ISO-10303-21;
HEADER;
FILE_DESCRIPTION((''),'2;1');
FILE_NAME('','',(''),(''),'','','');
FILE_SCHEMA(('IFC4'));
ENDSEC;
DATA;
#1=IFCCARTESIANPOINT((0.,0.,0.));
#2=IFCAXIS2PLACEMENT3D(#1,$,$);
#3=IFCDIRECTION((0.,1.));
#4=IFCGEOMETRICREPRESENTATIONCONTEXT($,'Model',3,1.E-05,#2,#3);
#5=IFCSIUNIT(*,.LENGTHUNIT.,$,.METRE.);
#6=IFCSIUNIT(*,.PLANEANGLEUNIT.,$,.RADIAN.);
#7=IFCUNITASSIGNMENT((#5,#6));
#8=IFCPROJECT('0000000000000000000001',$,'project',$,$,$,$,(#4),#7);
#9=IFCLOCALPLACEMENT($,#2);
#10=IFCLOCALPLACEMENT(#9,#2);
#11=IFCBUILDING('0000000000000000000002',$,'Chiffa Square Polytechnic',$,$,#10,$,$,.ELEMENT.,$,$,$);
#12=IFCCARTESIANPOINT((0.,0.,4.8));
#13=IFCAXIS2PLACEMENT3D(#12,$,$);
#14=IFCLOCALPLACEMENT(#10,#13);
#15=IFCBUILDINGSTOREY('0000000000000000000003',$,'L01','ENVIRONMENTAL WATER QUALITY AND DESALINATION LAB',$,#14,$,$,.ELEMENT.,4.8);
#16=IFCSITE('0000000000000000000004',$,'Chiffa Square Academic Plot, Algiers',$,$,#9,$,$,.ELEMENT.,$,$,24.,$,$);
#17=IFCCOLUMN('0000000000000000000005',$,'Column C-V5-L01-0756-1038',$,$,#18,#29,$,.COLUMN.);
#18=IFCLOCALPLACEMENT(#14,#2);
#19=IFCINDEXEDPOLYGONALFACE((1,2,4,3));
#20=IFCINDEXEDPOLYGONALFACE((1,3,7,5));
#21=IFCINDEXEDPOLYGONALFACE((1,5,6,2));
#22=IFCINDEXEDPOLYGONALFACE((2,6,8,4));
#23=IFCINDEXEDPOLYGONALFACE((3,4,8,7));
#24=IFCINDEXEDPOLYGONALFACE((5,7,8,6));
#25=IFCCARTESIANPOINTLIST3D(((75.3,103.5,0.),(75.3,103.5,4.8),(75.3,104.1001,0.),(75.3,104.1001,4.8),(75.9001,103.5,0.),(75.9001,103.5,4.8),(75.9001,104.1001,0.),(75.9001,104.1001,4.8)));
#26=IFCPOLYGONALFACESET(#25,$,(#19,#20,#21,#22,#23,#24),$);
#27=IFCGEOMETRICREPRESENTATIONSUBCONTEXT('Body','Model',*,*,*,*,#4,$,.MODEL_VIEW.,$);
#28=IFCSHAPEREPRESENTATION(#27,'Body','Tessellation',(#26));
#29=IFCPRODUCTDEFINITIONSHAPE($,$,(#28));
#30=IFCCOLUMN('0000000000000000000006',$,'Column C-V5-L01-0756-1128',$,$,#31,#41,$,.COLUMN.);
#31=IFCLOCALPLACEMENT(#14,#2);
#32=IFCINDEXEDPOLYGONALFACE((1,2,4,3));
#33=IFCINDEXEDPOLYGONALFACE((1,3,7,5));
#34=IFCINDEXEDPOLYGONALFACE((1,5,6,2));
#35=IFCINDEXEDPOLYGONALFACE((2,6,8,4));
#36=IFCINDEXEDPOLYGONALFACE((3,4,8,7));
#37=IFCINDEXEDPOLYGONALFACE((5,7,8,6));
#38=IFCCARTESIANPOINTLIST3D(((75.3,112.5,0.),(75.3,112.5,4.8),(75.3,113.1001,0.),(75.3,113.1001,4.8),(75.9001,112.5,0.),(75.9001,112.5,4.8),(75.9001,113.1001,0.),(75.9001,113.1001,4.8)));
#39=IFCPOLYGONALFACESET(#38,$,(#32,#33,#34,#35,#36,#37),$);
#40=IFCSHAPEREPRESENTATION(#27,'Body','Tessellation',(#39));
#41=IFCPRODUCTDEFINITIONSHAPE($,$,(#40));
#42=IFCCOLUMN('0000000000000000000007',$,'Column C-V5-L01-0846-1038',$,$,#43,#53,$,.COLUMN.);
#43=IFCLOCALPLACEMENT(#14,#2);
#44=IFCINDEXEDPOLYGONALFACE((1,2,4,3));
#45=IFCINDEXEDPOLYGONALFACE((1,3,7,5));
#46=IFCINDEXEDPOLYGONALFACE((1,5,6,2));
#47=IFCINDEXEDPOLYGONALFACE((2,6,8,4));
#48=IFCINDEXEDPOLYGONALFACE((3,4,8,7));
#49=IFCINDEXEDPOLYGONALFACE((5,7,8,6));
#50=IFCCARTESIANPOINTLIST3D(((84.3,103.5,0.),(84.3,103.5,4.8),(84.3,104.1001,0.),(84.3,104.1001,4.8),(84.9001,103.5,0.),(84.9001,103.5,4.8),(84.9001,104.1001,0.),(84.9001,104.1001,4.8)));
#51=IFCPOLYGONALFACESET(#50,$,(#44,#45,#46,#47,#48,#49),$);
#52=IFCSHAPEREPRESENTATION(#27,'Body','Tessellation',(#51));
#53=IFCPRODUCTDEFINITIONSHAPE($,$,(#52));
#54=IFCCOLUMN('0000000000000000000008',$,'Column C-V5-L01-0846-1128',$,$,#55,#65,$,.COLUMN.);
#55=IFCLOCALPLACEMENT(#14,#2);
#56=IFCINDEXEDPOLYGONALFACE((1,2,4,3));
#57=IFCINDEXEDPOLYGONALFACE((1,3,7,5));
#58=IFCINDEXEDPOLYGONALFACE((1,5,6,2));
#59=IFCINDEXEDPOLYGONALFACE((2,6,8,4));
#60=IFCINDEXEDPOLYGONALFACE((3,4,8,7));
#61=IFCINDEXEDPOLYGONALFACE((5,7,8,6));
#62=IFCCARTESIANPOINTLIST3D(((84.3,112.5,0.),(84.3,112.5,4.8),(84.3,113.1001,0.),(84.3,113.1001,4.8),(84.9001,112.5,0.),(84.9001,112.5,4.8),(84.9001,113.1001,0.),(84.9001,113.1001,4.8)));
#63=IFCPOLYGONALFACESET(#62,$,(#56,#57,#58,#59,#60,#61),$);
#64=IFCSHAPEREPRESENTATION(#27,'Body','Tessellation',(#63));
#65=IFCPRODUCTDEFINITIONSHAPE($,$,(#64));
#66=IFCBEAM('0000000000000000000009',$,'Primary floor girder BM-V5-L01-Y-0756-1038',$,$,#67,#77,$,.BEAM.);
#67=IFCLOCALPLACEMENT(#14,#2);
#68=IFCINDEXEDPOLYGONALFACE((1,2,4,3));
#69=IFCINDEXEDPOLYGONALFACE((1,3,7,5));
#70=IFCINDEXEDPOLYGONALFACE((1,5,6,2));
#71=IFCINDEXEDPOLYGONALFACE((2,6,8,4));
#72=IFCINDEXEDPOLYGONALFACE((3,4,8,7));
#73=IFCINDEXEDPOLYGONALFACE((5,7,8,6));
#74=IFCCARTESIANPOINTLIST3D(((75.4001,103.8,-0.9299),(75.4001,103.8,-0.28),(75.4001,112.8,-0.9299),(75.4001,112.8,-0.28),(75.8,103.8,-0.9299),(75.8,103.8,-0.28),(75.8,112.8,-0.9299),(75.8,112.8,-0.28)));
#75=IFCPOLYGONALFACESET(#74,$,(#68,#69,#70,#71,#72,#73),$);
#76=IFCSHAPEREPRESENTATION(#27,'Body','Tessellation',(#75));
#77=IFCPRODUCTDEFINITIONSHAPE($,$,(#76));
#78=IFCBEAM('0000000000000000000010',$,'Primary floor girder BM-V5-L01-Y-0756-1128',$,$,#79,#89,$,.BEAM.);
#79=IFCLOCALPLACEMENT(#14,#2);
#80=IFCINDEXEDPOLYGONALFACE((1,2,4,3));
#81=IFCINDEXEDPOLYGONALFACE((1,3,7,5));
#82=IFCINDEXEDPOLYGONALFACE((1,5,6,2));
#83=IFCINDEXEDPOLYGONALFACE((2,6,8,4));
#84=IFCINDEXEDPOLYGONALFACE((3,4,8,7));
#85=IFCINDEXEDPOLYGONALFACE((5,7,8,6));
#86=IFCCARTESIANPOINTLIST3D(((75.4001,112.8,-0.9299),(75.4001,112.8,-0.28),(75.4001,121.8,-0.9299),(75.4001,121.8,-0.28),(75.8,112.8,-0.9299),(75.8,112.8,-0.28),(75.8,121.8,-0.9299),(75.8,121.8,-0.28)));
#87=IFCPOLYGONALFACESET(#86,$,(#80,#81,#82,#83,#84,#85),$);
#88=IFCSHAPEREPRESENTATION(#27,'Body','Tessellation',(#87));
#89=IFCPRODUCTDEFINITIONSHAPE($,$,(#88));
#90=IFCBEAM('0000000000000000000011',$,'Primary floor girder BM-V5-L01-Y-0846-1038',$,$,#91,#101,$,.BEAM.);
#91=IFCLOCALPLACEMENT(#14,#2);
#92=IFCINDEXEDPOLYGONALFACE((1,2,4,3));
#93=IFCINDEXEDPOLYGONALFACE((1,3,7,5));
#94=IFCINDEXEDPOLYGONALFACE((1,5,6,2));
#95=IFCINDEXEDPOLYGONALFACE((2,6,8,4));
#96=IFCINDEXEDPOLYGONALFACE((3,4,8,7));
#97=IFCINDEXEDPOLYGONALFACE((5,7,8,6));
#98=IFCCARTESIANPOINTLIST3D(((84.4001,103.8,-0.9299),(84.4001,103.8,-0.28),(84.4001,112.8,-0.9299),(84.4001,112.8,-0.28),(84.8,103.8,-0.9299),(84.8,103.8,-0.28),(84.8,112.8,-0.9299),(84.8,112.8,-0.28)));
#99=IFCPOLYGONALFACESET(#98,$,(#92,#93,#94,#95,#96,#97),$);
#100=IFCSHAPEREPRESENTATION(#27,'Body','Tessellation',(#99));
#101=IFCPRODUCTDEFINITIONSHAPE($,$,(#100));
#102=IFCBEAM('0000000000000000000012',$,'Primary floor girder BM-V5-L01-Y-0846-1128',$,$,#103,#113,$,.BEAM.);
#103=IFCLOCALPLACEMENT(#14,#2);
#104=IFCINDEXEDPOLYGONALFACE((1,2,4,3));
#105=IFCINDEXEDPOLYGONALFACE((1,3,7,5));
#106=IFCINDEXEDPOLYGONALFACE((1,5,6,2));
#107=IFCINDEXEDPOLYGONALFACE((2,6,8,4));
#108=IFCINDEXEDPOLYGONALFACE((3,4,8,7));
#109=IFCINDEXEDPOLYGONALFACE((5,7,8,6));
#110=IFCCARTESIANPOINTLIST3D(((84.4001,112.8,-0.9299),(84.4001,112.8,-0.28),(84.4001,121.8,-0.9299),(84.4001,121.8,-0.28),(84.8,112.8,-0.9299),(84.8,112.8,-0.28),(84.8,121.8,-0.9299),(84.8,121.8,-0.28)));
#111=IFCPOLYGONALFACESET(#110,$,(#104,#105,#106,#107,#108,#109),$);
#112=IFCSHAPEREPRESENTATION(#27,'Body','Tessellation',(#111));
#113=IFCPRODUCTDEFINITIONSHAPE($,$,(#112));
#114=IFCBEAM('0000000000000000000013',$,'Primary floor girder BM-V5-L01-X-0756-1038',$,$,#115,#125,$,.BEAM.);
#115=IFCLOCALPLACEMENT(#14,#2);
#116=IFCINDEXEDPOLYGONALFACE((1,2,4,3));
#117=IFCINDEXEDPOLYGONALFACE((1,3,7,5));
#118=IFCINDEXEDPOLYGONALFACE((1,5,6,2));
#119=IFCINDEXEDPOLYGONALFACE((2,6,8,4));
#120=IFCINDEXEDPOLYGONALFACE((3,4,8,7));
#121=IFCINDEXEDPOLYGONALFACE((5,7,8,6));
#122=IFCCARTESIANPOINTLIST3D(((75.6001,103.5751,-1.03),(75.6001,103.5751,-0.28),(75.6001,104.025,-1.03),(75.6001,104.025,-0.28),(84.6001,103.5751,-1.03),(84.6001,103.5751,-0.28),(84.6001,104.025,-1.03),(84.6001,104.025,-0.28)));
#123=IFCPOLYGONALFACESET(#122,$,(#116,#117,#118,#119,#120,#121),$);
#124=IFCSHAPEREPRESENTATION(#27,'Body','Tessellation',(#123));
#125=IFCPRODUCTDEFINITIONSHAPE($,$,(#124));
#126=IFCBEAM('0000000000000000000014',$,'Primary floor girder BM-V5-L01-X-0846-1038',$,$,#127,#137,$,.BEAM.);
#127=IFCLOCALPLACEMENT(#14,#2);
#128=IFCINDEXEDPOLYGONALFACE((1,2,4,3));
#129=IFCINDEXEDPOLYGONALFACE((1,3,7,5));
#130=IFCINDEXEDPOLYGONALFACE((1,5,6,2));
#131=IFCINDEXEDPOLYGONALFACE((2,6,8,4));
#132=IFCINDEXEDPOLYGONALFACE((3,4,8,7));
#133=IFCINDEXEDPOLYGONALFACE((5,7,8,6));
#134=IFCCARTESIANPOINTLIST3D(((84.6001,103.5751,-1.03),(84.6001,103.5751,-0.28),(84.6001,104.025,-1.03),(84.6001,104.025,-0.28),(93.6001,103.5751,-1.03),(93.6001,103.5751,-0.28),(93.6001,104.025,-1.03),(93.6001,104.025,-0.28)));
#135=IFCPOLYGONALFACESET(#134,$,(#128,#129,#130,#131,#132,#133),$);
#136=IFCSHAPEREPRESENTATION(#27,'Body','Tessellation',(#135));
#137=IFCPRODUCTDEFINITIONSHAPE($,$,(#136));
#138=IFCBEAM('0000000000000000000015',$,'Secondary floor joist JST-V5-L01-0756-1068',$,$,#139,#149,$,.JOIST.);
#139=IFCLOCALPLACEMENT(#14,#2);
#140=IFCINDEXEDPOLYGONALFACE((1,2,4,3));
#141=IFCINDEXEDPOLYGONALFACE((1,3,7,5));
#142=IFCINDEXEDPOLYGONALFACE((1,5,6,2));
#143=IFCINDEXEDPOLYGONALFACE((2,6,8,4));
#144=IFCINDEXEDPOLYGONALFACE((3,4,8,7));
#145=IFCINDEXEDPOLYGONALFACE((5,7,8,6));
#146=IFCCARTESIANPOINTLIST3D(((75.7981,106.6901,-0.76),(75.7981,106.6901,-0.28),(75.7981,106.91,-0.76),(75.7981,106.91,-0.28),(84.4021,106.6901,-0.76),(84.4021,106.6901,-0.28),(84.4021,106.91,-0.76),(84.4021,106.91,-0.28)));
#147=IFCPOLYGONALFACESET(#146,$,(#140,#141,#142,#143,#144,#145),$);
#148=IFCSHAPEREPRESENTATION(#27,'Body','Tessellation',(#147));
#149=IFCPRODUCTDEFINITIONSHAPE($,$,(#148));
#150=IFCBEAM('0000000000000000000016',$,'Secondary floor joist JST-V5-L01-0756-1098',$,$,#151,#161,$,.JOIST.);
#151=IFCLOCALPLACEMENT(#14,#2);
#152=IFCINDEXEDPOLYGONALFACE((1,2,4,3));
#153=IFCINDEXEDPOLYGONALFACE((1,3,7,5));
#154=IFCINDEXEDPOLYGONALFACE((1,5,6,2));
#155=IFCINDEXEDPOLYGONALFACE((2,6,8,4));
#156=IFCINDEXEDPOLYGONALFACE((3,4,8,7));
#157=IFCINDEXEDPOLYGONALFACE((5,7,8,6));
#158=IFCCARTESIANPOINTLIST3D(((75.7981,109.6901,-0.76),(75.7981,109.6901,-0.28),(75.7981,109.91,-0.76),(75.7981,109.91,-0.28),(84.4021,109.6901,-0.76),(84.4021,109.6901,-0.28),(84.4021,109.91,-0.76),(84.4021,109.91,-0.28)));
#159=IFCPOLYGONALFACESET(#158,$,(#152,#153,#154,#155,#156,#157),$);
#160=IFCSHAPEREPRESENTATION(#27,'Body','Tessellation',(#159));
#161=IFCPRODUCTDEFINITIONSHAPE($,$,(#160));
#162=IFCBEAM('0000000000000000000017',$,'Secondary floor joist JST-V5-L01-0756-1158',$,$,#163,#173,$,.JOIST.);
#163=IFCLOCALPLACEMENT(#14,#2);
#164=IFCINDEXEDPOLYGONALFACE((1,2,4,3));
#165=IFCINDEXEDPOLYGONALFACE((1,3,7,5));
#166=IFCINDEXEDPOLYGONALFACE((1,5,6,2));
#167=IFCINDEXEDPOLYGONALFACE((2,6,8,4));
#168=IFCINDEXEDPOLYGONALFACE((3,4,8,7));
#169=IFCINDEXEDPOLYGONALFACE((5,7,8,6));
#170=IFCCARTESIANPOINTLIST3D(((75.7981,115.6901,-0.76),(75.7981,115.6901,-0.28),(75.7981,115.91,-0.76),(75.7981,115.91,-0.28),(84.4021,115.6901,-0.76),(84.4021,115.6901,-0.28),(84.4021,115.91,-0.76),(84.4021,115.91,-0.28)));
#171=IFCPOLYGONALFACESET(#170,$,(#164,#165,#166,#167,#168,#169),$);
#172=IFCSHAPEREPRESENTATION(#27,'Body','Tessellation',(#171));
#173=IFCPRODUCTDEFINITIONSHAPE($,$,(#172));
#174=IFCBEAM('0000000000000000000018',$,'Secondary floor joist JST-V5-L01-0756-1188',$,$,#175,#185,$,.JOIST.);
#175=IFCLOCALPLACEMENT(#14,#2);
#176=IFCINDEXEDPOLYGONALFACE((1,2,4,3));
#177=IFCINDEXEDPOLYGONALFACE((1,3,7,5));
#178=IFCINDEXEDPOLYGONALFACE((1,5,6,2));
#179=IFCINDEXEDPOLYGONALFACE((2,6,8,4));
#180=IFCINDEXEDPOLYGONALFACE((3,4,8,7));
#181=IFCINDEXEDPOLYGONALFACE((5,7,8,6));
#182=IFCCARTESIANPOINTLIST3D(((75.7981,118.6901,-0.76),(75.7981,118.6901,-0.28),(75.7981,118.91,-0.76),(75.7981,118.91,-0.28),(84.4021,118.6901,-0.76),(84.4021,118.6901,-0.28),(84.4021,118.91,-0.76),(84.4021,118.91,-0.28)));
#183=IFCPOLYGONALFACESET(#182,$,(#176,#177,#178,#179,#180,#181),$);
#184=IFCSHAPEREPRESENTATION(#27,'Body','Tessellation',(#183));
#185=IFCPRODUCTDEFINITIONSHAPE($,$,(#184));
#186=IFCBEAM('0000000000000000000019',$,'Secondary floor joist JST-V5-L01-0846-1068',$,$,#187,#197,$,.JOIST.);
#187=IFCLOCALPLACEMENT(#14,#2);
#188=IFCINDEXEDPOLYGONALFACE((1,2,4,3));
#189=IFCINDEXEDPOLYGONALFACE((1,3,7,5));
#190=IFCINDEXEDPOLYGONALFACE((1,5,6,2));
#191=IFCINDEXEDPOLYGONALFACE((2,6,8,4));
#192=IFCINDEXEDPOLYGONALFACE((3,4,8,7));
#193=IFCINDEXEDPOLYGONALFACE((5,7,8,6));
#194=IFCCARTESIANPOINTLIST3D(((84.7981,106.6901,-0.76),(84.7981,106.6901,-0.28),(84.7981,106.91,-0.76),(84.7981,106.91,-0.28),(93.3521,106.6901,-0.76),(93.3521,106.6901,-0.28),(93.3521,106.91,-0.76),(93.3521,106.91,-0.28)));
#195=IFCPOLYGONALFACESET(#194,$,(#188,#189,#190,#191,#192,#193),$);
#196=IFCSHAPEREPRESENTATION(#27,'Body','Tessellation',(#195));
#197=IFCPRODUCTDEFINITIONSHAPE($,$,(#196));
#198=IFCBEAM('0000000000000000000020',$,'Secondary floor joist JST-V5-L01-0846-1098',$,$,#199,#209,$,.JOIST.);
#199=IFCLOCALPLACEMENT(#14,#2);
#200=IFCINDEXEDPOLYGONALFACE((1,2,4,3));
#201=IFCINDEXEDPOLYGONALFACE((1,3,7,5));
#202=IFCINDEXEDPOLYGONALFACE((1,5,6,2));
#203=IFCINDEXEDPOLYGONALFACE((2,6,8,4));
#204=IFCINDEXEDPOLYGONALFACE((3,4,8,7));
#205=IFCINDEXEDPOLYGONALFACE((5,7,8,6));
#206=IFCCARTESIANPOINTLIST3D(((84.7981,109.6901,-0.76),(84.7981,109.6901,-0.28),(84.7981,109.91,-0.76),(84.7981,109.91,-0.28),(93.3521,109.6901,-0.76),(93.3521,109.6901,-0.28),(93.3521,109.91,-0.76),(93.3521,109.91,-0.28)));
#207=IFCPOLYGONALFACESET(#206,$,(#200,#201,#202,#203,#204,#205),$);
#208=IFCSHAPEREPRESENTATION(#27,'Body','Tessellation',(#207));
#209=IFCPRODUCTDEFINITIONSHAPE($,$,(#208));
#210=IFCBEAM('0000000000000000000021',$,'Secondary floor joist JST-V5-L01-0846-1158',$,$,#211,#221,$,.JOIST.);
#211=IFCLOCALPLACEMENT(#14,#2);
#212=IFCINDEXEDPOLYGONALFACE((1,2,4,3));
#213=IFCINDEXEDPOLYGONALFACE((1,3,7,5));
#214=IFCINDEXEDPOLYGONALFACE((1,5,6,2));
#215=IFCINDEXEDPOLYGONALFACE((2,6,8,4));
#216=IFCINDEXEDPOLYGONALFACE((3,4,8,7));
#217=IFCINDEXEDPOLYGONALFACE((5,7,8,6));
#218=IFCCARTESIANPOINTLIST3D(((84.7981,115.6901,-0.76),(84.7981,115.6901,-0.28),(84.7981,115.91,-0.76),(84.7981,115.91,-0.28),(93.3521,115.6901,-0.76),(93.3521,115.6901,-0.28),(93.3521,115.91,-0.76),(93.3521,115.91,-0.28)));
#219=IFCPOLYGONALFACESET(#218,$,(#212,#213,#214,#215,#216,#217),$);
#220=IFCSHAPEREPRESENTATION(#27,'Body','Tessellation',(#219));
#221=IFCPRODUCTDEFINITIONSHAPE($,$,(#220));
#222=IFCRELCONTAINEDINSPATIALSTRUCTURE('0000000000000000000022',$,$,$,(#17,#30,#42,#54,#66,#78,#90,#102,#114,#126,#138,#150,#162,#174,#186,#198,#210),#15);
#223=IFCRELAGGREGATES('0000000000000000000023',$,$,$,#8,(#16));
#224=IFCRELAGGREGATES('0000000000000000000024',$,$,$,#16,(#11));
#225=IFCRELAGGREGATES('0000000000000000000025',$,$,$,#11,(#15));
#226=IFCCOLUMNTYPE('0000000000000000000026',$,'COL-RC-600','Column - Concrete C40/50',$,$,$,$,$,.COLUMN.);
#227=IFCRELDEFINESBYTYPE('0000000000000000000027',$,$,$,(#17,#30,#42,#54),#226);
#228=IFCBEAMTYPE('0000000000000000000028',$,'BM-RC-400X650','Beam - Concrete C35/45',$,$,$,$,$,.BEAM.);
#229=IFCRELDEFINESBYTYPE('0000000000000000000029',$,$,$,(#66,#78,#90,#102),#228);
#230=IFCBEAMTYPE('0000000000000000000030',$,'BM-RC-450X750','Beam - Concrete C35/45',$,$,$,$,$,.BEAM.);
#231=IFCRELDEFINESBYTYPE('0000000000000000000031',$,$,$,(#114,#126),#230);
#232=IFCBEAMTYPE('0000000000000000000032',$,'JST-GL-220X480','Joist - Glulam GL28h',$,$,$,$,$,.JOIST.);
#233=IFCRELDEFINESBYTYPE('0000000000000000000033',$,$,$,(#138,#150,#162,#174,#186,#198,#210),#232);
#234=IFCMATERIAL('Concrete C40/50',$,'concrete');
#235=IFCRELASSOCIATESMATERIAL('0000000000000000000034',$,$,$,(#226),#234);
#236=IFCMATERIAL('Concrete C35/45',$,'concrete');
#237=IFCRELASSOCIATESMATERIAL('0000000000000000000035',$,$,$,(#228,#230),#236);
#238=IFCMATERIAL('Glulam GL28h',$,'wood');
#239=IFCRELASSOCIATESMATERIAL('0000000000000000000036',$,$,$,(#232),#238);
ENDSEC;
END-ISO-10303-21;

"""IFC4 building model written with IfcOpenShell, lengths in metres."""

from ifc_helpers import new_model, si_unit, direction, frame, origin, origin_2d, place, context, subcontext, project, spatial, rectangle, extrude, material, material_profile, profile_set, type_object, element, save


model = new_model("IFC4")

# Units and contexts
model_context = context("Model", 3, precision=1e-05, world=origin(), true_north=direction((0.0, 1.0)))
body_context = subcontext(model_context, "Body", "Model", "MODEL_VIEW")
ifc_project = project(units=[si_unit("LENGTHUNIT", "METRE"), si_unit("PLANEANGLEUNIT", "RADIAN")], contexts=[model_context])

# Site, building, storey
site_placement = place(None, origin())
site = spatial("IfcSite", under=ifc_project, at=site_placement, Name="Chiffa Square Academic Plot, Algiers", CompositionType="ELEMENT", RefElevation=24.0)
building_placement = place(site_placement, origin())
building = spatial("IfcBuilding", under=site, at=building_placement, Name="Chiffa Square Polytechnic", CompositionType="ELEMENT")
storey_placement = place(building_placement, frame((0.0, 0.0, 4.8)))
storey = spatial("IfcBuildingStorey", under=building, at=storey_placement, Name="L01", Description="ENVIRONMENTAL WATER QUALITY AND DESALINATION LAB", CompositionType="ELEMENT", Elevation=4.8)

# Columns
ifc_material_1 = material(Name="Concrete C40/50", Category="concrete")
ifc_material_profile_1 = material_profile(ifc_material_1, rectangle(XDim=0.6001, YDim=0.6001, at=origin_2d()), Name="RC 600x600")
ifc_profile_set_1 = profile_set([ifc_material_profile_1], Name="Concrete C40/50")
column_type = type_object("IfcColumnType", Name="COL-RC-600", Description="Column - Concrete C40/50", PredefinedType="COLUMN", material=ifc_profile_set_1)
for number, where, z_axis, x_axis, name in (
    (1, (75.6001, 103.8, 0.0), (0.0, 0.0, 1.0), (1.0, 0.0, 0.0), "Column C-V5-L01-0756-1038"),
    (2, (75.6001, 112.8, 0.0), (0.0, 0.0, 1.0), (1.0, 0.0, 0.0), "Column C-V5-L01-0756-1128"),
    (3, (84.6001, 103.8, 0.0), (0.0, 0.0, 1.0), (1.0, 0.0, 0.0), "Column C-V5-L01-0846-1038"),
    (4, (84.6001, 112.8, 0.0), (0.0, 0.0, 1.0), (1.0, 0.0, 0.0), "Column C-V5-L01-0846-1128"),
):
    element("IfcColumn", number, at=place(storey_placement, frame(where, z_axis=z_axis, x_axis=x_axis)), inside=storey, type_object=column_type, Name=name, PredefinedType="COLUMN", context=body_context, shape_type="SweptSolid", body=[
        extrude(rectangle(XDim=0.6001, YDim=0.6001, at=origin_2d()), origin(), (0.0, 0.0, 1.0), 4.8),
    ])

# Beams
ifc_material_2 = material(Name="Concrete C35/45", Category="concrete")
ifc_material_profile_2 = material_profile(ifc_material_2, rectangle(XDim=0.3999, YDim=0.6499, at=origin_2d()), Name="RC 400x650")
ifc_profile_set_2 = profile_set([ifc_material_profile_2], Name="Concrete C35/45")
beam_type_1 = type_object("IfcBeamType", Name="BM-RC-400X650", Description="Beam - Concrete C35/45", PredefinedType="BEAM", material=ifc_profile_set_2)
for number, where, z_axis, x_axis, name in (
    (5, (75.6001, 103.8, -0.605), (0.0, 1.0, 0.0), (-1.0, 0.0, 0.0), "Primary floor girder BM-V5-L01-Y-0756-1038"),
    (6, (75.6001, 112.8, -0.605), (0.0, 1.0, 0.0), (-1.0, 0.0, 0.0), "Primary floor girder BM-V5-L01-Y-0756-1128"),
    (7, (84.6001, 103.8, -0.605), (0.0, 1.0, 0.0), (-1.0, 0.0, 0.0), "Primary floor girder BM-V5-L01-Y-0846-1038"),
    (8, (84.6001, 112.8, -0.605), (0.0, 1.0, 0.0), (-1.0, 0.0, 0.0), "Primary floor girder BM-V5-L01-Y-0846-1128"),
):
    element("IfcBeam", number, at=place(storey_placement, frame(where, z_axis=z_axis, x_axis=x_axis)), inside=storey, type_object=beam_type_1, Name=name, PredefinedType="BEAM", context=body_context, shape_type="SweptSolid", body=[
        extrude(rectangle(XDim=0.3999, YDim=0.6499, at=origin_2d()), origin(), (0.0, 0.0, 1.0), 9.0),
    ])
ifc_material_profile_3 = material_profile(ifc_material_2, rectangle(XDim=0.45, YDim=0.75, at=origin_2d()), Name="RC 450x750")
ifc_profile_set_3 = profile_set([ifc_material_profile_3], Name="Concrete C35/45")
beam_type_2 = type_object("IfcBeamType", Name="BM-RC-450X750", Description="Beam - Concrete C35/45", PredefinedType="BEAM", material=ifc_profile_set_3)
for number, where, z_axis, x_axis, name in (
    (9, (75.6001, 103.8, -0.655), (1.0, 0.0, 0.0), (0.0, 1.0, 0.0), "Primary floor girder BM-V5-L01-X-0756-1038"),
    (10, (84.6001, 103.8, -0.655), (1.0, 0.0, 0.0), (0.0, 1.0, 0.0), "Primary floor girder BM-V5-L01-X-0846-1038"),
):
    element("IfcBeam", number, at=place(storey_placement, frame(where, z_axis=z_axis, x_axis=x_axis)), inside=storey, type_object=beam_type_2, Name=name, PredefinedType="BEAM", context=body_context, shape_type="SweptSolid", body=[
        extrude(rectangle(XDim=0.45, YDim=0.75, at=origin_2d()), origin(), (0.0, 0.0, 1.0), 9.0),
    ])
ifc_material_3 = material(Name="Glulam GL28h", Category="wood")
ifc_material_profile_4 = material_profile(ifc_material_3, rectangle(XDim=0.22, YDim=0.48, at=origin_2d()), Name="GL28h 220x480")
ifc_profile_set_4 = profile_set([ifc_material_profile_4], Name="Glulam GL28h")
beam_type_3 = type_object("IfcBeamType", Name="JST-GL-220X480", Description="Joist - Glulam GL28h", PredefinedType="JOIST", material=ifc_profile_set_4)
for number, where, z_axis, x_axis, name in (
    (11, (75.7981, 106.8, -0.52), (1.0, 0.0, 0.0), (0.0, 1.0, 0.0), "Secondary floor joist JST-V5-L01-0756-1068"),
    (12, (75.7981, 109.8, -0.52), (1.0, 0.0, 0.0), (0.0, 1.0, 0.0), "Secondary floor joist JST-V5-L01-0756-1098"),
    (13, (75.7981, 115.8, -0.52), (1.0, 0.0, 0.0), (0.0, 1.0, 0.0), "Secondary floor joist JST-V5-L01-0756-1158"),
    (14, (75.7981, 118.8, -0.52), (1.0, 0.0, 0.0), (0.0, 1.0, 0.0), "Secondary floor joist JST-V5-L01-0756-1188"),
):
    element("IfcBeam", number, at=place(storey_placement, frame(where, z_axis=z_axis, x_axis=x_axis)), inside=storey, type_object=beam_type_3, Name=name, PredefinedType="JOIST", context=body_context, shape_type="SweptSolid", body=[
        extrude(rectangle(XDim=0.22, YDim=0.48, at=origin_2d()), origin(), (0.0, 0.0, 1.0), 8.604),
    ])
for number, where, z_axis, x_axis, name in (
    (15, (84.7981, 106.8, -0.52), (1.0, 0.0, 0.0), (0.0, 1.0, 0.0), "Secondary floor joist JST-V5-L01-0846-1068"),
    (16, (84.7981, 109.8, -0.52), (1.0, 0.0, 0.0), (0.0, 1.0, 0.0), "Secondary floor joist JST-V5-L01-0846-1098"),
    (17, (84.7981, 115.8, -0.52), (1.0, 0.0, 0.0), (0.0, 1.0, 0.0), "Secondary floor joist JST-V5-L01-0846-1158"),
):
    element("IfcBeam", number, at=place(storey_placement, frame(where, z_axis=z_axis, x_axis=x_axis)), inside=storey, type_object=beam_type_3, Name=name, PredefinedType="JOIST", context=body_context, shape_type="SweptSolid", body=[
        extrude(rectangle(XDim=0.22, YDim=0.48, at=origin_2d()), origin(), (0.0, 0.0, 1.0), 8.554),
    ])

save(model, "model.ifc")
